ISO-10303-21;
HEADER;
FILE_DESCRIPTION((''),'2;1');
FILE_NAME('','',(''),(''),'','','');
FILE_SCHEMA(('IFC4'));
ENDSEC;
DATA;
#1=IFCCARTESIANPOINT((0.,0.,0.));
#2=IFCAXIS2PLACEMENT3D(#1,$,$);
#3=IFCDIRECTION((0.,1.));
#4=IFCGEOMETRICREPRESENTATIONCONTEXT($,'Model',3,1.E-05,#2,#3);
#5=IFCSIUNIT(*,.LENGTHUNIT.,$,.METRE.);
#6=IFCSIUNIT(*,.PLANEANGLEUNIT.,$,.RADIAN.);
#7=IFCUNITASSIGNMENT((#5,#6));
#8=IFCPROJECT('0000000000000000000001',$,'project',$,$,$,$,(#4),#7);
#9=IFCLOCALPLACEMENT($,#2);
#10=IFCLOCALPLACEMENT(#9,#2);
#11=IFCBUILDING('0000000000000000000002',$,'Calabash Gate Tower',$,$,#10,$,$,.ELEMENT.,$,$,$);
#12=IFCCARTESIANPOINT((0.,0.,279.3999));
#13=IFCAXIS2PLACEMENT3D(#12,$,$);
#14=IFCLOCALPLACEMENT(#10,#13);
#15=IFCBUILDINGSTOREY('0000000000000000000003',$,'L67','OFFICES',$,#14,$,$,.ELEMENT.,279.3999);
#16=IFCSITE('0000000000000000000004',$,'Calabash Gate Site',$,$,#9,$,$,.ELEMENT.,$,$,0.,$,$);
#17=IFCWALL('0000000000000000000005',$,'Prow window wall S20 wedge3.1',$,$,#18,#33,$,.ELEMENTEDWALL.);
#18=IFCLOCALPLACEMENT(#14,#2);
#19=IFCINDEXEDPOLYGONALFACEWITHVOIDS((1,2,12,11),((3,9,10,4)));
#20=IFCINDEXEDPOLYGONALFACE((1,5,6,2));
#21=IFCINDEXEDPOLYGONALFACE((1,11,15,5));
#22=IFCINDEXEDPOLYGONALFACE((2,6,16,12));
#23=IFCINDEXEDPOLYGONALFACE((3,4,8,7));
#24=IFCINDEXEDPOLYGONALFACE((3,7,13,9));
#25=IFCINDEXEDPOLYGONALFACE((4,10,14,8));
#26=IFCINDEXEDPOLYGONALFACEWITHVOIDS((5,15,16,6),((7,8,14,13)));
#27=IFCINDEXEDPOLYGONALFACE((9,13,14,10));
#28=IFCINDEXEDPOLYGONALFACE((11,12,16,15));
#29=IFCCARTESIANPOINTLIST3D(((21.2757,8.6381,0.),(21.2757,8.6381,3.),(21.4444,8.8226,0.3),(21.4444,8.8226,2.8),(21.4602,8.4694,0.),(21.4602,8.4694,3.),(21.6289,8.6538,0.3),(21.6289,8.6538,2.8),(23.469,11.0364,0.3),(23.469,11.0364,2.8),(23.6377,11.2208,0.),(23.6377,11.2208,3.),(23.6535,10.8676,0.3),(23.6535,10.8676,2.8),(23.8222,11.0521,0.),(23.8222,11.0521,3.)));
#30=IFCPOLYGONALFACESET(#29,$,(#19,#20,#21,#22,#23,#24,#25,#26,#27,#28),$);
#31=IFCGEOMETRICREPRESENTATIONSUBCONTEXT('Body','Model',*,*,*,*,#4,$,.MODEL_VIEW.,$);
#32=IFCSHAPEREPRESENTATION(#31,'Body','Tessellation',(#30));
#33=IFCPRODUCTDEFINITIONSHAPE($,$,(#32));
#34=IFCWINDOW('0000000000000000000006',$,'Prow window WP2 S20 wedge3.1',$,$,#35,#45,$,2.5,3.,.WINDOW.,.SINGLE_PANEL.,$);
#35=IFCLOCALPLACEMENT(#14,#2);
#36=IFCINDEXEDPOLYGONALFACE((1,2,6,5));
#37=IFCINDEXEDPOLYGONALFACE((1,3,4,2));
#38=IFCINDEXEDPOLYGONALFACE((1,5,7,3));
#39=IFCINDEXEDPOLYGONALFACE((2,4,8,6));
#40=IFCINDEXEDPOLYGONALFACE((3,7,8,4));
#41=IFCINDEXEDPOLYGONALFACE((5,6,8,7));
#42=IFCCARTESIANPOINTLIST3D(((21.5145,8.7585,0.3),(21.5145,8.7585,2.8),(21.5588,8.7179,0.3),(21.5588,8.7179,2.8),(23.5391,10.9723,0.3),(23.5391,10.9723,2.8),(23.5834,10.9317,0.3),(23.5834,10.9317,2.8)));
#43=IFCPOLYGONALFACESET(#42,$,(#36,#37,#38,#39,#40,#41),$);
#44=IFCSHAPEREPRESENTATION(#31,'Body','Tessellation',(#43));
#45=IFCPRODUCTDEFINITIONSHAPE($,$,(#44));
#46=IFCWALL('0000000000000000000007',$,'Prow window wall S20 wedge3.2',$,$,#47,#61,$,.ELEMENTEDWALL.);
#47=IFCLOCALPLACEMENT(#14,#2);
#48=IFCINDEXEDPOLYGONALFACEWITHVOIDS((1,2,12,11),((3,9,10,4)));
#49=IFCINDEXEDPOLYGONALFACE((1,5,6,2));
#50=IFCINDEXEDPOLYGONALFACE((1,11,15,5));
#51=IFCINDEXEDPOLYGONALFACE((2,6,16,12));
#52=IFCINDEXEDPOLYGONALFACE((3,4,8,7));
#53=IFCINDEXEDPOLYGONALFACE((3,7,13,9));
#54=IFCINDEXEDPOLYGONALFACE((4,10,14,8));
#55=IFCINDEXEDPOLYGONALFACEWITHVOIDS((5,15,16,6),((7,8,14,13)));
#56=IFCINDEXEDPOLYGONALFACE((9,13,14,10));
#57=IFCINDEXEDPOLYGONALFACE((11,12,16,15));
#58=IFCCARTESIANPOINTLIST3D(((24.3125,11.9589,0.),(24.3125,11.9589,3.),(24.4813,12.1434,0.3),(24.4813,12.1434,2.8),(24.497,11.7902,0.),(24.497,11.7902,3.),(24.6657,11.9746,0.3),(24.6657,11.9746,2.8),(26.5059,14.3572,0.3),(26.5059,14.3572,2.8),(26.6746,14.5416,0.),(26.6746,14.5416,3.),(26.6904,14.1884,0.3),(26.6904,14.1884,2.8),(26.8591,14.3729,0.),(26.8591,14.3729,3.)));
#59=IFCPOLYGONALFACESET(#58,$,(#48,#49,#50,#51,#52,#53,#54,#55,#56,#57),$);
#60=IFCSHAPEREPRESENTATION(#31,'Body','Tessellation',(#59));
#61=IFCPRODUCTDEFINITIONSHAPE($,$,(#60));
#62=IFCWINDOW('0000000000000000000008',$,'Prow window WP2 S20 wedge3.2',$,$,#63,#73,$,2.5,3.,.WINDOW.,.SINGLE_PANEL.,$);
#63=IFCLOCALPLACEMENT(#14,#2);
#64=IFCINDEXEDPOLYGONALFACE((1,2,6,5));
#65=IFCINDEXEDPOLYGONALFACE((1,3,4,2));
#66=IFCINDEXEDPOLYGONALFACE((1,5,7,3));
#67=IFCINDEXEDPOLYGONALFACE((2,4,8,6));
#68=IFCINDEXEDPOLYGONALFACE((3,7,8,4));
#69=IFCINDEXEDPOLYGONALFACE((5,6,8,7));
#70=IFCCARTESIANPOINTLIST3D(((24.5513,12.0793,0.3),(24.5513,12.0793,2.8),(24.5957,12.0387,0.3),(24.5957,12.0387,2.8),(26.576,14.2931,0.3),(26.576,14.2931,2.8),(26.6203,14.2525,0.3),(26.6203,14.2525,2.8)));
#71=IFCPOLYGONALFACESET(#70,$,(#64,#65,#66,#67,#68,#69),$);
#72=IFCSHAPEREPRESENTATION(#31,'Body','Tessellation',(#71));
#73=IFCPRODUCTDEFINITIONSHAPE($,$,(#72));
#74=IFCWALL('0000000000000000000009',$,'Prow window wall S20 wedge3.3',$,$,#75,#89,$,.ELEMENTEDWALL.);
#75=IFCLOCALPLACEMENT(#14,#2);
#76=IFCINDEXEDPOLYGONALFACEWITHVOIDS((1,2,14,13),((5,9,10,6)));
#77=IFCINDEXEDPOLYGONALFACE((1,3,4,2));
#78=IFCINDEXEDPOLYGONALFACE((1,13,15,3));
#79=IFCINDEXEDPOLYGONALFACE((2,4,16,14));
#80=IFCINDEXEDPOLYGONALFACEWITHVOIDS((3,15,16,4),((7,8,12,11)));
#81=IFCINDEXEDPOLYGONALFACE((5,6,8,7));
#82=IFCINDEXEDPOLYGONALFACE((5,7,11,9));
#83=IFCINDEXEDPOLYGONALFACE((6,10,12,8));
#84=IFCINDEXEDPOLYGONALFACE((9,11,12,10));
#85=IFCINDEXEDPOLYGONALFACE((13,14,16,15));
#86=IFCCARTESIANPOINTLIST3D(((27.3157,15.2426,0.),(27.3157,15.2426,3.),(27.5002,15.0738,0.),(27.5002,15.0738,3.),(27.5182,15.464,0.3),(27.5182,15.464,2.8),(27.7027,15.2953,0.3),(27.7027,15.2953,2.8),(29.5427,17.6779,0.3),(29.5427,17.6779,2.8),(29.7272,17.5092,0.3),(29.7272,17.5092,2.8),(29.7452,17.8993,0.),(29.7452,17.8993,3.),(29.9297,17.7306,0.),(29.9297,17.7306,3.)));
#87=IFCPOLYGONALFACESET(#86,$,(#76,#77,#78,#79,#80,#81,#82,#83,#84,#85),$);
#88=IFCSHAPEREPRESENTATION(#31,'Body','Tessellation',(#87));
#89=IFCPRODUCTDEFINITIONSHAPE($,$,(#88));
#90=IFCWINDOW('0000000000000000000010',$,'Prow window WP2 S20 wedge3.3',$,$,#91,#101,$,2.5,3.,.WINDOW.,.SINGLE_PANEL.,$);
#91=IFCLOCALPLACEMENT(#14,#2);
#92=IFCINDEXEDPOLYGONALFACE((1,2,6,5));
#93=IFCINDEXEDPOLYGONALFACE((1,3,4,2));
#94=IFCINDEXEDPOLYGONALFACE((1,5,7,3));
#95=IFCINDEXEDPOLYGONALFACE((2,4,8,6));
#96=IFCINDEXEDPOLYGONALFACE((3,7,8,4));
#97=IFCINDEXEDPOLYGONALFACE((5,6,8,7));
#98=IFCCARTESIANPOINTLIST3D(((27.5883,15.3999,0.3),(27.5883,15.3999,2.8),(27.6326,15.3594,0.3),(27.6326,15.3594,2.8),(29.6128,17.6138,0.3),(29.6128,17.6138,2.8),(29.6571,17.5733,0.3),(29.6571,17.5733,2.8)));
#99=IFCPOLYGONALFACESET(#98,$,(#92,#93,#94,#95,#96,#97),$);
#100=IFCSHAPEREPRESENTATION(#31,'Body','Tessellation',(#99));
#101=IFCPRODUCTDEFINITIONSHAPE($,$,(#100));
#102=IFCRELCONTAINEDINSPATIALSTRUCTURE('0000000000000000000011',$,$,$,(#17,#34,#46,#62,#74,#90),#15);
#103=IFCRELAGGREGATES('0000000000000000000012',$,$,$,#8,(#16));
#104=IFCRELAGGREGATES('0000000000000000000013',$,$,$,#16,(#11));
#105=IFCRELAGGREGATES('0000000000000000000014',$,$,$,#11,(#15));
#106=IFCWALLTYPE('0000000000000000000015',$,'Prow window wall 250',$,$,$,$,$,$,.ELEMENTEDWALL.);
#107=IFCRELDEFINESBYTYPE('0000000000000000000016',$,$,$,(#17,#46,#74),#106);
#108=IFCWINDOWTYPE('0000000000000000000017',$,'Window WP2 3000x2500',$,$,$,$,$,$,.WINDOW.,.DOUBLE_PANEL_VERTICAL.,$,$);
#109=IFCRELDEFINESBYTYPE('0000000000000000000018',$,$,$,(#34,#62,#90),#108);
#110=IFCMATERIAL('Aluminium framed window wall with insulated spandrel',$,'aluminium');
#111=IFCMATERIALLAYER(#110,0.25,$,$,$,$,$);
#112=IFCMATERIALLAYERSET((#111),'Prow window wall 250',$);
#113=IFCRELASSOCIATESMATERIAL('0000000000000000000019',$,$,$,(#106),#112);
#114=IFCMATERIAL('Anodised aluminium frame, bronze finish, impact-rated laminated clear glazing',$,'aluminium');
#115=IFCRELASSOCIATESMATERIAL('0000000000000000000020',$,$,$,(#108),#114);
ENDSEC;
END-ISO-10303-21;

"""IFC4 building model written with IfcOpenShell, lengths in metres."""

from ifc_helpers import new_model, si_unit, direction, frame, frame_2d, origin, place, context, subcontext, project, spatial, rectangle, extrude, material, layer, layer_set, type_object, element, fill, save


model = new_model("IFC4")

# Units and contexts
model_context = context("Model", 3, precision=1e-05, world=origin(), true_north=direction((0.0, 1.0)))
body_context = subcontext(model_context, "Body", "Model", "MODEL_VIEW")
ifc_project = project(units=[si_unit("LENGTHUNIT", "METRE"), si_unit("PLANEANGLEUNIT", "RADIAN")], contexts=[model_context])

# Site, building, storey
site_placement = place(None, origin())
site = spatial("IfcSite", under=ifc_project, at=site_placement, Name="Calabash Gate Site", CompositionType="ELEMENT", RefElevation=0.0)
building_placement = place(site_placement, origin())
building = spatial("IfcBuilding", under=site, at=building_placement, Name="Calabash Gate Tower", CompositionType="ELEMENT")
storey_placement = place(building_placement, frame((0.0, 0.0, 279.3999)))
storey = spatial("IfcBuildingStorey", under=building, at=storey_placement, Name="L67", Description="OFFICES", CompositionType="ELEMENT", Elevation=279.3999)

# Walls, openings, windows
ifc_material_1 = material(Name="Aluminium framed window wall with insulated spandrel", Category="aluminium")
ifc_layer_1 = layer(ifc_material_1, 0.25)
ifc_layer_set_1 = layer_set([ifc_layer_1], Name="Prow window wall 250")
wall_type_1 = type_object("IfcWallType", Name="Prow window wall 250", PredefinedType="ELEMENTEDWALL", material=ifc_layer_set_1)
wall_1_placement = place(storey_placement, frame((21.3679, 8.5537, 0.0), z_axis=(0.0, 0.0, 1.0), x_axis=(0.674874, 0.737933, 0.0)))
wall_1 = element("IfcWall", 1, at=wall_1_placement, inside=storey, type_object=wall_type_1, Name="Prow window wall S20 wedge3.1", PredefinedType="ELEMENTEDWALL", context=body_context, shape_type="SweptSolid", body=[
    extrude(rectangle(XDim=3.5, YDim=0.25, at=frame_2d((1.75, 0.0))), origin(), (0.0, 0.0, 1.0), 3.0),
])
opening_1_placement = place(wall_1_placement, frame((0.25, 0.0, 0.3)))
opening_1 = element("IfcOpeningElement", 2, at=opening_1_placement, cuts=wall_1, PredefinedType="OPENING", context=body_context, shape_type="SweptSolid", body=[
    extrude(rectangle(XDim=3.0, YDim=2.5, at=frame_2d((1.5, 1.25))), frame((0.0, 0.135, 0.0), z_axis=(0.0, -1.0, 0.0), x_axis=(1.0, 0.0, 0.0)), (0.0, 0.0, 1.0), 0.27),
])
ifc_material_2 = material(Name="Anodised aluminium frame, bronze finish, impact-rated laminated clear glazing", Category="aluminium")
window_type = type_object("IfcWindowType", Name="Window WP2 3000x2500", PartitioningType="DOUBLE_PANEL_VERTICAL", PredefinedType="WINDOW", material=ifc_material_2)
window_1_placement = place(opening_1_placement, origin())
window_1 = element("IfcWindow", 3, at=window_1_placement, inside=storey, type_object=window_type, Name="Prow window WP2 S20 wedge3.1", OverallHeight=2.5, OverallWidth=3.0, PartitioningType="SINGLE_PANEL", PredefinedType="WINDOW", context=body_context, shape_type="SweptSolid", body=[
    extrude(rectangle(XDim=3.0, YDim=2.5, at=frame_2d((1.5, 1.25))), frame((0.0, 0.03, 0.0), z_axis=(0.0, -1.0, 0.0), x_axis=(1.0, 0.0, 0.0)), (0.0, 0.0, 1.0), 0.0601),
])
fill(opening_1, window_1)
wall_2_placement = place(storey_placement, frame((24.4048, 11.8745, 0.0), z_axis=(0.0, 0.0, 1.0), x_axis=(0.674874, 0.737933, 0.0)))
wall_2 = element("IfcWall", 4, at=wall_2_placement, inside=storey, type_object=wall_type_1, Name="Prow window wall S20 wedge3.2", PredefinedType="ELEMENTEDWALL", context=body_context, shape_type="SweptSolid", body=[
    extrude(rectangle(XDim=3.5, YDim=0.25, at=frame_2d((1.75, 0.0))), origin(), (0.0, 0.0, 1.0), 3.0),
])
opening_2_placement = place(wall_2_placement, frame((0.25, 0.0, 0.3)))
opening_2 = element("IfcOpeningElement", 5, at=opening_2_placement, cuts=wall_2, PredefinedType="OPENING", context=body_context, shape_type="SweptSolid", body=[
    extrude(rectangle(XDim=3.0, YDim=2.5, at=frame_2d((1.5, 1.25))), frame((0.0, 0.135, 0.0), z_axis=(0.0, -1.0, 0.0), x_axis=(1.0, 0.0, 0.0)), (0.0, 0.0, 1.0), 0.27),
])
window_2_placement = place(opening_2_placement, origin())
window_2 = element("IfcWindow", 6, at=window_2_placement, inside=storey, type_object=window_type, Name="Prow window WP2 S20 wedge3.2", OverallHeight=2.5, OverallWidth=3.0, PartitioningType="SINGLE_PANEL", PredefinedType="WINDOW", context=body_context, shape_type="SweptSolid", body=[
    extrude(rectangle(XDim=3.0, YDim=2.5, at=frame_2d((1.5, 1.25))), frame((0.0, 0.03, 0.0), z_axis=(0.0, -1.0, 0.0), x_axis=(1.0, 0.0, 0.0)), (0.0, 0.0, 1.0), 0.0601),
])
fill(opening_2, window_2)
wall_3_placement = place(storey_placement, frame((27.408, 15.1582, 0.0), z_axis=(0.0, 0.0, 1.0), x_axis=(0.674834, 0.73797, 0.0)))
wall_3 = element("IfcWall", 7, at=wall_3_placement, inside=storey, type_object=wall_type_1, Name="Prow window wall S20 wedge3.3", PredefinedType="ELEMENTEDWALL", context=body_context, shape_type="SweptSolid", body=[
    extrude(rectangle(XDim=3.6001, YDim=0.25, at=frame_2d((1.8, 0.0))), origin(), (0.0, 0.0, 1.0), 3.0),
])
opening_3_placement = place(wall_3_placement, frame((0.3, 0.0, 0.3)))
opening_3 = element("IfcOpeningElement", 8, at=opening_3_placement, cuts=wall_3, PredefinedType="OPENING", context=body_context, shape_type="SweptSolid", body=[
    extrude(rectangle(XDim=3.0, YDim=2.5, at=frame_2d((1.5, 1.25))), frame((0.0, 0.135, 0.0), z_axis=(0.0, -1.0, 0.0), x_axis=(1.0, 0.0, 0.0)), (0.0, 0.0, 1.0), 0.27),
])
window_3_placement = place(opening_3_placement, origin())
window_3 = element("IfcWindow", 9, at=window_3_placement, inside=storey, type_object=window_type, Name="Prow window WP2 S20 wedge3.3", OverallHeight=2.5, OverallWidth=3.0, PartitioningType="SINGLE_PANEL", PredefinedType="WINDOW", context=body_context, shape_type="SweptSolid", body=[
    extrude(rectangle(XDim=3.0, YDim=2.5, at=frame_2d((1.5, 1.25))), frame((0.0, 0.03, 0.0), z_axis=(0.0, -1.0, 0.0), x_axis=(1.0, 0.0, 0.0)), (0.0, 0.0, 1.0), 0.0601),
])
fill(opening_3, window_3)

save(model, "model.ifc")
